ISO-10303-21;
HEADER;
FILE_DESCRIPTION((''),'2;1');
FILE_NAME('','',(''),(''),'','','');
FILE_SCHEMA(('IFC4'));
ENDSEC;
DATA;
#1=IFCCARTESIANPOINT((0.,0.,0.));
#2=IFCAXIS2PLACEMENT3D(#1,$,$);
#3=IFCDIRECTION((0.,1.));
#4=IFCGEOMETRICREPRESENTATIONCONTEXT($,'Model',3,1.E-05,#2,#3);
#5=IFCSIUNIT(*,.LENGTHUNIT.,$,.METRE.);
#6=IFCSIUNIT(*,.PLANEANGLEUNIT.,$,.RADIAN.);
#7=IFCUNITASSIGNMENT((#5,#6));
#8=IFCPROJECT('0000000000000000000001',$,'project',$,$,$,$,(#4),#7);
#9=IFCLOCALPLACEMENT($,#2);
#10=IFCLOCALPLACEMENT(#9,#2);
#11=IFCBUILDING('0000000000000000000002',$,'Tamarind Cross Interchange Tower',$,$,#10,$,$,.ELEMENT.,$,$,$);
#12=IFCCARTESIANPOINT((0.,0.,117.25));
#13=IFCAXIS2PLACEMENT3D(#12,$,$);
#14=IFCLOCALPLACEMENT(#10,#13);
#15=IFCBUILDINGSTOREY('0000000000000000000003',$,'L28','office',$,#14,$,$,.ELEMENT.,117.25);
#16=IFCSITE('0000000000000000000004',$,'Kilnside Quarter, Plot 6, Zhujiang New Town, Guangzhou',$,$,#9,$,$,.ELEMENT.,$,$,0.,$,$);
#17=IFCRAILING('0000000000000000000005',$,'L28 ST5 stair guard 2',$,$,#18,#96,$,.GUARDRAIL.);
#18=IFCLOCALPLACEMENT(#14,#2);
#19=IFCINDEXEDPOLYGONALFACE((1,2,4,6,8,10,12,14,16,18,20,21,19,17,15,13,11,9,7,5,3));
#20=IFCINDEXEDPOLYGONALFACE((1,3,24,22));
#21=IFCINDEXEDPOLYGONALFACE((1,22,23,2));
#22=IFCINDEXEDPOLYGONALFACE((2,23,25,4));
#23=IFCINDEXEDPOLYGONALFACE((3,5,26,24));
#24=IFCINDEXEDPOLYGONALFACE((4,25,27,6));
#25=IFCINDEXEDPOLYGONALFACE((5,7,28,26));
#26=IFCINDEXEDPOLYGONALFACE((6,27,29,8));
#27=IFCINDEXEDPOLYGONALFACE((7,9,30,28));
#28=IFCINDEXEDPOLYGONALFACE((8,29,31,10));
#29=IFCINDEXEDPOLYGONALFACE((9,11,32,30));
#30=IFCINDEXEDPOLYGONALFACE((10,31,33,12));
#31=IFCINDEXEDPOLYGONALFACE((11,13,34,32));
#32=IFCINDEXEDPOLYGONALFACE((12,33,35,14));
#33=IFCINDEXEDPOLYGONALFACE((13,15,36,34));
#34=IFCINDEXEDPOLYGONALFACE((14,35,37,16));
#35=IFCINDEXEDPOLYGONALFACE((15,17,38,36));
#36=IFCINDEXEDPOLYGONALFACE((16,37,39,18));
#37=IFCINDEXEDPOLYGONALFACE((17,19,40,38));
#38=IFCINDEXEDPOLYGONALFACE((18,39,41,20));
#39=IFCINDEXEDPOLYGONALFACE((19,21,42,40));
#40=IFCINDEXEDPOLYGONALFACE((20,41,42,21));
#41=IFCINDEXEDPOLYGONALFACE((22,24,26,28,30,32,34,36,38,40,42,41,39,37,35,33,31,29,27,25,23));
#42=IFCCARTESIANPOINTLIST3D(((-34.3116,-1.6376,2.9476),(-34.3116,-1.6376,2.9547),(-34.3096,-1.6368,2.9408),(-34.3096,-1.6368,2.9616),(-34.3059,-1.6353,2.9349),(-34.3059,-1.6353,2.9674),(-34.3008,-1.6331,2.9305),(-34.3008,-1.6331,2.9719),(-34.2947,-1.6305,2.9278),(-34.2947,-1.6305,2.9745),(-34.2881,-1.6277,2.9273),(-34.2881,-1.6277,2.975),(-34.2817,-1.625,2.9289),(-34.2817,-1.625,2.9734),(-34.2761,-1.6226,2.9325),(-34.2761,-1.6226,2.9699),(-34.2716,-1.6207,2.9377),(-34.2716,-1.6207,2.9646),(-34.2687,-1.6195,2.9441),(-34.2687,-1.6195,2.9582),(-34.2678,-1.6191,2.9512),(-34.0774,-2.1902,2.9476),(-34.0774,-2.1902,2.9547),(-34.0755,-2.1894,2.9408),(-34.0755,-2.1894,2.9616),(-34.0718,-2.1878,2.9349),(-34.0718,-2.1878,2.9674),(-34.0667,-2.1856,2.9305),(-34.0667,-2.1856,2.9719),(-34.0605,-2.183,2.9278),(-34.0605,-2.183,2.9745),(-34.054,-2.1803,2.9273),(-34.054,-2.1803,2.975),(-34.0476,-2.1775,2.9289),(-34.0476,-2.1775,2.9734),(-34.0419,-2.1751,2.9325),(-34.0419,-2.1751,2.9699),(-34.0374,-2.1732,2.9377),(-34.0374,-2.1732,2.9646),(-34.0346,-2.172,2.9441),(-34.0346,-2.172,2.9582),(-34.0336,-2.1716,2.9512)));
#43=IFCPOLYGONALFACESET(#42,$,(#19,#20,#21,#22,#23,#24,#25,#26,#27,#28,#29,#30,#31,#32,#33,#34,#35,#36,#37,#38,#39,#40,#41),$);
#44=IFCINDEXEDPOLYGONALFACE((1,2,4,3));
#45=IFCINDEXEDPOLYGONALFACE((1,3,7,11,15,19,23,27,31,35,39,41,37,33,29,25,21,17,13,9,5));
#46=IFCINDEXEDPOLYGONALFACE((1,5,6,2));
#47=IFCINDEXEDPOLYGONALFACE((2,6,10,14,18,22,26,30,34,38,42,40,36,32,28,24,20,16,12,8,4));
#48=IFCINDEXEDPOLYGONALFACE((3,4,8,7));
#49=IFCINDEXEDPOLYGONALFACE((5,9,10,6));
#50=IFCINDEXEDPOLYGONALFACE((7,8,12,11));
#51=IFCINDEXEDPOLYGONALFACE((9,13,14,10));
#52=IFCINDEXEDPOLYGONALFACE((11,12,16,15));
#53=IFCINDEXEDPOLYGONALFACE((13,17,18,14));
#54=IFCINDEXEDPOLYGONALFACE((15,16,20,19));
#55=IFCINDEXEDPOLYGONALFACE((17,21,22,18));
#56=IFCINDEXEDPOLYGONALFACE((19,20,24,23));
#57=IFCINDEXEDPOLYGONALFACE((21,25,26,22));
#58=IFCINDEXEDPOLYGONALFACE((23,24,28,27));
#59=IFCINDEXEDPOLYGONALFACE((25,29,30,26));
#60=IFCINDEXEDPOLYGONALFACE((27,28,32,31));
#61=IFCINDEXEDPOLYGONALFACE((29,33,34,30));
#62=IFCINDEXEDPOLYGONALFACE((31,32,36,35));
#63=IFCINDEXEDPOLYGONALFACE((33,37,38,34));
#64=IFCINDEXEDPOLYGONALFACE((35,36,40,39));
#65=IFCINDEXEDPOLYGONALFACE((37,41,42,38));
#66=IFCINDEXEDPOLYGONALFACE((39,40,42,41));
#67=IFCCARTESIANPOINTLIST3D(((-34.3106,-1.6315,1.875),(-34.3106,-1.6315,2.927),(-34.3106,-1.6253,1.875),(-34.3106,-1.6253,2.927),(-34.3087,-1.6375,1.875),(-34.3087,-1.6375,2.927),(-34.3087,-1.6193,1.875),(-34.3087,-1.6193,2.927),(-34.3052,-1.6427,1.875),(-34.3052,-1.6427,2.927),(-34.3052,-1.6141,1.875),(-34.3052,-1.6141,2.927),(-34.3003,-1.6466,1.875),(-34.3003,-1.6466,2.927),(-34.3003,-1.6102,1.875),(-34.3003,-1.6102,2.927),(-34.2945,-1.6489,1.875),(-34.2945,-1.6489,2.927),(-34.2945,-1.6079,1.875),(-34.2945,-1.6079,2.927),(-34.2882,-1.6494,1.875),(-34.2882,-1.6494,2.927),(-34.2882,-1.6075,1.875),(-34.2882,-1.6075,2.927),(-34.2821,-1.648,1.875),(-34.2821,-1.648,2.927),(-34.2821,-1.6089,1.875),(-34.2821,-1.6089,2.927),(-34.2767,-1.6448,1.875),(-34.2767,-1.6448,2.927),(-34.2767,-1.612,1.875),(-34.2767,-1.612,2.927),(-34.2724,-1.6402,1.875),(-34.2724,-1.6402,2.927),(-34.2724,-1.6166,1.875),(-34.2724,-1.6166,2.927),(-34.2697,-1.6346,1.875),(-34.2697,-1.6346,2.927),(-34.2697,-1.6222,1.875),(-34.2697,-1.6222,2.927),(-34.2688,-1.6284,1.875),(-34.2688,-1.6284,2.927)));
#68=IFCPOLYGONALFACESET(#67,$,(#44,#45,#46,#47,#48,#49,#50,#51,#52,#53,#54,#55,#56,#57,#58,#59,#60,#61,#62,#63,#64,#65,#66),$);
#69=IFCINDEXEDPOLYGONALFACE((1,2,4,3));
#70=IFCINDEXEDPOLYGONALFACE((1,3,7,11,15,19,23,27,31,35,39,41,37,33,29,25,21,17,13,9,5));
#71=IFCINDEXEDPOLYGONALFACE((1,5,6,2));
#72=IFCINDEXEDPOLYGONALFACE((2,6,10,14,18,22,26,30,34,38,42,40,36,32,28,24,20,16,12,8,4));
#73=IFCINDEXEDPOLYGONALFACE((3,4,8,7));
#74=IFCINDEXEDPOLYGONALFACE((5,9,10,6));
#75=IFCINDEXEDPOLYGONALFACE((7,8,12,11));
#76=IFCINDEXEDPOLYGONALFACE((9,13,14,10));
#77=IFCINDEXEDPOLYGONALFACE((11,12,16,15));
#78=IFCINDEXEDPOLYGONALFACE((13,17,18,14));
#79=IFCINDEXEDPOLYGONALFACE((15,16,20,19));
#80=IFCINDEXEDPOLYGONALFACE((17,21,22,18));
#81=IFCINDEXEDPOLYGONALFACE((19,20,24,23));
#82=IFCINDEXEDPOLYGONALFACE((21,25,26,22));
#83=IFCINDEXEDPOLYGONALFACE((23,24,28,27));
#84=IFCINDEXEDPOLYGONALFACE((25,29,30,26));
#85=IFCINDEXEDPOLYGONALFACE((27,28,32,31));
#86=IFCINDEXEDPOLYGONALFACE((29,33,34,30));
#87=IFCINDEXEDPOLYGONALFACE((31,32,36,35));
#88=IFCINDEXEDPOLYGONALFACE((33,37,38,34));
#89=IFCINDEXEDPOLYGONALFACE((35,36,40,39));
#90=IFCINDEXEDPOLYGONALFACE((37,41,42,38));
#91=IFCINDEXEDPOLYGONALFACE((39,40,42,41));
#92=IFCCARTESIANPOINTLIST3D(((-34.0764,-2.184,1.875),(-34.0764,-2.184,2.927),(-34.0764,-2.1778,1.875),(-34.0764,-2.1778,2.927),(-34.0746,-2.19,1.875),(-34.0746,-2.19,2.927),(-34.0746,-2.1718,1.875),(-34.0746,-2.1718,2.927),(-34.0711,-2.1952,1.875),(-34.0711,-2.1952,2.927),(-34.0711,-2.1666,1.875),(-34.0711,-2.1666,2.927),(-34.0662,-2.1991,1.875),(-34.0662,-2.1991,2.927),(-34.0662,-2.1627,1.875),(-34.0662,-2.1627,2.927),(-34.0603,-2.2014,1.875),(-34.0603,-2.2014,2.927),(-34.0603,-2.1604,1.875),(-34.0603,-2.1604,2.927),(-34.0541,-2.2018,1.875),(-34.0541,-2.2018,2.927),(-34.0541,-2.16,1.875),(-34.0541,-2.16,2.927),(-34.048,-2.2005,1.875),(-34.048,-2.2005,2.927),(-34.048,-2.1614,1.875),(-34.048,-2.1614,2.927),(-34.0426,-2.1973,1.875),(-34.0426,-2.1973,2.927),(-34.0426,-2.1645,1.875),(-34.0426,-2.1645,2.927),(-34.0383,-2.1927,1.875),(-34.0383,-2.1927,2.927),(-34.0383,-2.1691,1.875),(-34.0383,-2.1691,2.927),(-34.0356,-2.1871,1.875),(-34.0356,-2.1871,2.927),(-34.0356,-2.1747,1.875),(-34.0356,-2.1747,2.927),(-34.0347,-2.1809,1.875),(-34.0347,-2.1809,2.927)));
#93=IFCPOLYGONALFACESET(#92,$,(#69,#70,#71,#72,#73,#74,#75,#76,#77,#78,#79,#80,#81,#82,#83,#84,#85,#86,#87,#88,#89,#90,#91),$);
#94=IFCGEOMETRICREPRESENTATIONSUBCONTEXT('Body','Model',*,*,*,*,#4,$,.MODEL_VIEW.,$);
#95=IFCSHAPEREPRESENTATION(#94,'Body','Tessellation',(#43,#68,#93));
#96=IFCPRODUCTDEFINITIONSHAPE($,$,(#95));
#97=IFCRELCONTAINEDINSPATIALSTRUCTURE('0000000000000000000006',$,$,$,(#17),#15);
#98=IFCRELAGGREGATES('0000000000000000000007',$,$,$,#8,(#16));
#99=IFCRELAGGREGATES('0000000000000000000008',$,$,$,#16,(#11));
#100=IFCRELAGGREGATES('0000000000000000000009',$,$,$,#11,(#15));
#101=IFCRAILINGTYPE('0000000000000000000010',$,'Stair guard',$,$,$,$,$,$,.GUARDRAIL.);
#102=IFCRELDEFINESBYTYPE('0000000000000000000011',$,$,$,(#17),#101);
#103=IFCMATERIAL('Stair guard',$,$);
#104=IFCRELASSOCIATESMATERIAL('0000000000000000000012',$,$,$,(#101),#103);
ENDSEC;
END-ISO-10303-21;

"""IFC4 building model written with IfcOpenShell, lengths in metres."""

from ifc_helpers import new_model, si_unit, direction, frame, origin, origin_2d, place, context, subcontext, project, spatial, circle, extrude, material, type_object, element, save


model = new_model("IFC4")

# Units and contexts
model_context = context("Model", 3, precision=1e-05, world=origin(), true_north=direction((0.0, 1.0)))
body_context = subcontext(model_context, "Body", "Model", "MODEL_VIEW")
ifc_project = project(units=[si_unit("LENGTHUNIT", "METRE"), si_unit("PLANEANGLEUNIT", "RADIAN")], contexts=[model_context])

# Site, building, storey
site_placement = place(None, origin())
site = spatial("IfcSite", under=ifc_project, at=site_placement, Name="Kilnside Quarter, Plot 6, Zhujiang New Town, Guangzhou", CompositionType="ELEMENT", RefElevation=0.0)
building_placement = place(site_placement, origin())
building = spatial("IfcBuilding", under=site, at=building_placement, Name="Tamarind Cross Interchange Tower", CompositionType="ELEMENT")
storey_placement = place(building_placement, frame((0.0, 0.0, 117.25)))
storey = spatial("IfcBuildingStorey", under=building, at=storey_placement, Name="L28", Description="office", CompositionType="ELEMENT", Elevation=117.25)

# Railing
ifc_material_1 = material(Name="Stair guard")
railing_type_1 = type_object("IfcRailingType", Name="Stair guard", PredefinedType="GUARDRAIL", material=ifc_material_1)
railing_1_placement = place(storey_placement, frame((-34.2898, -1.6284, 1.875)))
element("IfcRailing", 1, at=railing_1_placement, inside=storey, type_object=railing_type_1, Name="L28 ST5 stair guard 2", PredefinedType="GUARDRAIL", context=body_context, shape_type="SweptSolid", body=[
    extrude(circle(Radius=0.0239, at=origin_2d()), frame((0.0, 0.0, 1.0762), z_axis=(0.390184, -0.920737, 0.0), x_axis=(0.920737, 0.390184, 0.0)), (0.0, 0.0, 1.0), 0.6001),
    extrude(circle(Radius=0.021, at=origin_2d()), origin(), (0.0, 0.0, 1.0), 1.052),
    extrude(circle(Radius=0.021, at=origin_2d()), frame((0.2341, -0.5525, 0.0)), (0.0, 0.0, 1.0), 1.052),
])

save(model, "model.ifc")
